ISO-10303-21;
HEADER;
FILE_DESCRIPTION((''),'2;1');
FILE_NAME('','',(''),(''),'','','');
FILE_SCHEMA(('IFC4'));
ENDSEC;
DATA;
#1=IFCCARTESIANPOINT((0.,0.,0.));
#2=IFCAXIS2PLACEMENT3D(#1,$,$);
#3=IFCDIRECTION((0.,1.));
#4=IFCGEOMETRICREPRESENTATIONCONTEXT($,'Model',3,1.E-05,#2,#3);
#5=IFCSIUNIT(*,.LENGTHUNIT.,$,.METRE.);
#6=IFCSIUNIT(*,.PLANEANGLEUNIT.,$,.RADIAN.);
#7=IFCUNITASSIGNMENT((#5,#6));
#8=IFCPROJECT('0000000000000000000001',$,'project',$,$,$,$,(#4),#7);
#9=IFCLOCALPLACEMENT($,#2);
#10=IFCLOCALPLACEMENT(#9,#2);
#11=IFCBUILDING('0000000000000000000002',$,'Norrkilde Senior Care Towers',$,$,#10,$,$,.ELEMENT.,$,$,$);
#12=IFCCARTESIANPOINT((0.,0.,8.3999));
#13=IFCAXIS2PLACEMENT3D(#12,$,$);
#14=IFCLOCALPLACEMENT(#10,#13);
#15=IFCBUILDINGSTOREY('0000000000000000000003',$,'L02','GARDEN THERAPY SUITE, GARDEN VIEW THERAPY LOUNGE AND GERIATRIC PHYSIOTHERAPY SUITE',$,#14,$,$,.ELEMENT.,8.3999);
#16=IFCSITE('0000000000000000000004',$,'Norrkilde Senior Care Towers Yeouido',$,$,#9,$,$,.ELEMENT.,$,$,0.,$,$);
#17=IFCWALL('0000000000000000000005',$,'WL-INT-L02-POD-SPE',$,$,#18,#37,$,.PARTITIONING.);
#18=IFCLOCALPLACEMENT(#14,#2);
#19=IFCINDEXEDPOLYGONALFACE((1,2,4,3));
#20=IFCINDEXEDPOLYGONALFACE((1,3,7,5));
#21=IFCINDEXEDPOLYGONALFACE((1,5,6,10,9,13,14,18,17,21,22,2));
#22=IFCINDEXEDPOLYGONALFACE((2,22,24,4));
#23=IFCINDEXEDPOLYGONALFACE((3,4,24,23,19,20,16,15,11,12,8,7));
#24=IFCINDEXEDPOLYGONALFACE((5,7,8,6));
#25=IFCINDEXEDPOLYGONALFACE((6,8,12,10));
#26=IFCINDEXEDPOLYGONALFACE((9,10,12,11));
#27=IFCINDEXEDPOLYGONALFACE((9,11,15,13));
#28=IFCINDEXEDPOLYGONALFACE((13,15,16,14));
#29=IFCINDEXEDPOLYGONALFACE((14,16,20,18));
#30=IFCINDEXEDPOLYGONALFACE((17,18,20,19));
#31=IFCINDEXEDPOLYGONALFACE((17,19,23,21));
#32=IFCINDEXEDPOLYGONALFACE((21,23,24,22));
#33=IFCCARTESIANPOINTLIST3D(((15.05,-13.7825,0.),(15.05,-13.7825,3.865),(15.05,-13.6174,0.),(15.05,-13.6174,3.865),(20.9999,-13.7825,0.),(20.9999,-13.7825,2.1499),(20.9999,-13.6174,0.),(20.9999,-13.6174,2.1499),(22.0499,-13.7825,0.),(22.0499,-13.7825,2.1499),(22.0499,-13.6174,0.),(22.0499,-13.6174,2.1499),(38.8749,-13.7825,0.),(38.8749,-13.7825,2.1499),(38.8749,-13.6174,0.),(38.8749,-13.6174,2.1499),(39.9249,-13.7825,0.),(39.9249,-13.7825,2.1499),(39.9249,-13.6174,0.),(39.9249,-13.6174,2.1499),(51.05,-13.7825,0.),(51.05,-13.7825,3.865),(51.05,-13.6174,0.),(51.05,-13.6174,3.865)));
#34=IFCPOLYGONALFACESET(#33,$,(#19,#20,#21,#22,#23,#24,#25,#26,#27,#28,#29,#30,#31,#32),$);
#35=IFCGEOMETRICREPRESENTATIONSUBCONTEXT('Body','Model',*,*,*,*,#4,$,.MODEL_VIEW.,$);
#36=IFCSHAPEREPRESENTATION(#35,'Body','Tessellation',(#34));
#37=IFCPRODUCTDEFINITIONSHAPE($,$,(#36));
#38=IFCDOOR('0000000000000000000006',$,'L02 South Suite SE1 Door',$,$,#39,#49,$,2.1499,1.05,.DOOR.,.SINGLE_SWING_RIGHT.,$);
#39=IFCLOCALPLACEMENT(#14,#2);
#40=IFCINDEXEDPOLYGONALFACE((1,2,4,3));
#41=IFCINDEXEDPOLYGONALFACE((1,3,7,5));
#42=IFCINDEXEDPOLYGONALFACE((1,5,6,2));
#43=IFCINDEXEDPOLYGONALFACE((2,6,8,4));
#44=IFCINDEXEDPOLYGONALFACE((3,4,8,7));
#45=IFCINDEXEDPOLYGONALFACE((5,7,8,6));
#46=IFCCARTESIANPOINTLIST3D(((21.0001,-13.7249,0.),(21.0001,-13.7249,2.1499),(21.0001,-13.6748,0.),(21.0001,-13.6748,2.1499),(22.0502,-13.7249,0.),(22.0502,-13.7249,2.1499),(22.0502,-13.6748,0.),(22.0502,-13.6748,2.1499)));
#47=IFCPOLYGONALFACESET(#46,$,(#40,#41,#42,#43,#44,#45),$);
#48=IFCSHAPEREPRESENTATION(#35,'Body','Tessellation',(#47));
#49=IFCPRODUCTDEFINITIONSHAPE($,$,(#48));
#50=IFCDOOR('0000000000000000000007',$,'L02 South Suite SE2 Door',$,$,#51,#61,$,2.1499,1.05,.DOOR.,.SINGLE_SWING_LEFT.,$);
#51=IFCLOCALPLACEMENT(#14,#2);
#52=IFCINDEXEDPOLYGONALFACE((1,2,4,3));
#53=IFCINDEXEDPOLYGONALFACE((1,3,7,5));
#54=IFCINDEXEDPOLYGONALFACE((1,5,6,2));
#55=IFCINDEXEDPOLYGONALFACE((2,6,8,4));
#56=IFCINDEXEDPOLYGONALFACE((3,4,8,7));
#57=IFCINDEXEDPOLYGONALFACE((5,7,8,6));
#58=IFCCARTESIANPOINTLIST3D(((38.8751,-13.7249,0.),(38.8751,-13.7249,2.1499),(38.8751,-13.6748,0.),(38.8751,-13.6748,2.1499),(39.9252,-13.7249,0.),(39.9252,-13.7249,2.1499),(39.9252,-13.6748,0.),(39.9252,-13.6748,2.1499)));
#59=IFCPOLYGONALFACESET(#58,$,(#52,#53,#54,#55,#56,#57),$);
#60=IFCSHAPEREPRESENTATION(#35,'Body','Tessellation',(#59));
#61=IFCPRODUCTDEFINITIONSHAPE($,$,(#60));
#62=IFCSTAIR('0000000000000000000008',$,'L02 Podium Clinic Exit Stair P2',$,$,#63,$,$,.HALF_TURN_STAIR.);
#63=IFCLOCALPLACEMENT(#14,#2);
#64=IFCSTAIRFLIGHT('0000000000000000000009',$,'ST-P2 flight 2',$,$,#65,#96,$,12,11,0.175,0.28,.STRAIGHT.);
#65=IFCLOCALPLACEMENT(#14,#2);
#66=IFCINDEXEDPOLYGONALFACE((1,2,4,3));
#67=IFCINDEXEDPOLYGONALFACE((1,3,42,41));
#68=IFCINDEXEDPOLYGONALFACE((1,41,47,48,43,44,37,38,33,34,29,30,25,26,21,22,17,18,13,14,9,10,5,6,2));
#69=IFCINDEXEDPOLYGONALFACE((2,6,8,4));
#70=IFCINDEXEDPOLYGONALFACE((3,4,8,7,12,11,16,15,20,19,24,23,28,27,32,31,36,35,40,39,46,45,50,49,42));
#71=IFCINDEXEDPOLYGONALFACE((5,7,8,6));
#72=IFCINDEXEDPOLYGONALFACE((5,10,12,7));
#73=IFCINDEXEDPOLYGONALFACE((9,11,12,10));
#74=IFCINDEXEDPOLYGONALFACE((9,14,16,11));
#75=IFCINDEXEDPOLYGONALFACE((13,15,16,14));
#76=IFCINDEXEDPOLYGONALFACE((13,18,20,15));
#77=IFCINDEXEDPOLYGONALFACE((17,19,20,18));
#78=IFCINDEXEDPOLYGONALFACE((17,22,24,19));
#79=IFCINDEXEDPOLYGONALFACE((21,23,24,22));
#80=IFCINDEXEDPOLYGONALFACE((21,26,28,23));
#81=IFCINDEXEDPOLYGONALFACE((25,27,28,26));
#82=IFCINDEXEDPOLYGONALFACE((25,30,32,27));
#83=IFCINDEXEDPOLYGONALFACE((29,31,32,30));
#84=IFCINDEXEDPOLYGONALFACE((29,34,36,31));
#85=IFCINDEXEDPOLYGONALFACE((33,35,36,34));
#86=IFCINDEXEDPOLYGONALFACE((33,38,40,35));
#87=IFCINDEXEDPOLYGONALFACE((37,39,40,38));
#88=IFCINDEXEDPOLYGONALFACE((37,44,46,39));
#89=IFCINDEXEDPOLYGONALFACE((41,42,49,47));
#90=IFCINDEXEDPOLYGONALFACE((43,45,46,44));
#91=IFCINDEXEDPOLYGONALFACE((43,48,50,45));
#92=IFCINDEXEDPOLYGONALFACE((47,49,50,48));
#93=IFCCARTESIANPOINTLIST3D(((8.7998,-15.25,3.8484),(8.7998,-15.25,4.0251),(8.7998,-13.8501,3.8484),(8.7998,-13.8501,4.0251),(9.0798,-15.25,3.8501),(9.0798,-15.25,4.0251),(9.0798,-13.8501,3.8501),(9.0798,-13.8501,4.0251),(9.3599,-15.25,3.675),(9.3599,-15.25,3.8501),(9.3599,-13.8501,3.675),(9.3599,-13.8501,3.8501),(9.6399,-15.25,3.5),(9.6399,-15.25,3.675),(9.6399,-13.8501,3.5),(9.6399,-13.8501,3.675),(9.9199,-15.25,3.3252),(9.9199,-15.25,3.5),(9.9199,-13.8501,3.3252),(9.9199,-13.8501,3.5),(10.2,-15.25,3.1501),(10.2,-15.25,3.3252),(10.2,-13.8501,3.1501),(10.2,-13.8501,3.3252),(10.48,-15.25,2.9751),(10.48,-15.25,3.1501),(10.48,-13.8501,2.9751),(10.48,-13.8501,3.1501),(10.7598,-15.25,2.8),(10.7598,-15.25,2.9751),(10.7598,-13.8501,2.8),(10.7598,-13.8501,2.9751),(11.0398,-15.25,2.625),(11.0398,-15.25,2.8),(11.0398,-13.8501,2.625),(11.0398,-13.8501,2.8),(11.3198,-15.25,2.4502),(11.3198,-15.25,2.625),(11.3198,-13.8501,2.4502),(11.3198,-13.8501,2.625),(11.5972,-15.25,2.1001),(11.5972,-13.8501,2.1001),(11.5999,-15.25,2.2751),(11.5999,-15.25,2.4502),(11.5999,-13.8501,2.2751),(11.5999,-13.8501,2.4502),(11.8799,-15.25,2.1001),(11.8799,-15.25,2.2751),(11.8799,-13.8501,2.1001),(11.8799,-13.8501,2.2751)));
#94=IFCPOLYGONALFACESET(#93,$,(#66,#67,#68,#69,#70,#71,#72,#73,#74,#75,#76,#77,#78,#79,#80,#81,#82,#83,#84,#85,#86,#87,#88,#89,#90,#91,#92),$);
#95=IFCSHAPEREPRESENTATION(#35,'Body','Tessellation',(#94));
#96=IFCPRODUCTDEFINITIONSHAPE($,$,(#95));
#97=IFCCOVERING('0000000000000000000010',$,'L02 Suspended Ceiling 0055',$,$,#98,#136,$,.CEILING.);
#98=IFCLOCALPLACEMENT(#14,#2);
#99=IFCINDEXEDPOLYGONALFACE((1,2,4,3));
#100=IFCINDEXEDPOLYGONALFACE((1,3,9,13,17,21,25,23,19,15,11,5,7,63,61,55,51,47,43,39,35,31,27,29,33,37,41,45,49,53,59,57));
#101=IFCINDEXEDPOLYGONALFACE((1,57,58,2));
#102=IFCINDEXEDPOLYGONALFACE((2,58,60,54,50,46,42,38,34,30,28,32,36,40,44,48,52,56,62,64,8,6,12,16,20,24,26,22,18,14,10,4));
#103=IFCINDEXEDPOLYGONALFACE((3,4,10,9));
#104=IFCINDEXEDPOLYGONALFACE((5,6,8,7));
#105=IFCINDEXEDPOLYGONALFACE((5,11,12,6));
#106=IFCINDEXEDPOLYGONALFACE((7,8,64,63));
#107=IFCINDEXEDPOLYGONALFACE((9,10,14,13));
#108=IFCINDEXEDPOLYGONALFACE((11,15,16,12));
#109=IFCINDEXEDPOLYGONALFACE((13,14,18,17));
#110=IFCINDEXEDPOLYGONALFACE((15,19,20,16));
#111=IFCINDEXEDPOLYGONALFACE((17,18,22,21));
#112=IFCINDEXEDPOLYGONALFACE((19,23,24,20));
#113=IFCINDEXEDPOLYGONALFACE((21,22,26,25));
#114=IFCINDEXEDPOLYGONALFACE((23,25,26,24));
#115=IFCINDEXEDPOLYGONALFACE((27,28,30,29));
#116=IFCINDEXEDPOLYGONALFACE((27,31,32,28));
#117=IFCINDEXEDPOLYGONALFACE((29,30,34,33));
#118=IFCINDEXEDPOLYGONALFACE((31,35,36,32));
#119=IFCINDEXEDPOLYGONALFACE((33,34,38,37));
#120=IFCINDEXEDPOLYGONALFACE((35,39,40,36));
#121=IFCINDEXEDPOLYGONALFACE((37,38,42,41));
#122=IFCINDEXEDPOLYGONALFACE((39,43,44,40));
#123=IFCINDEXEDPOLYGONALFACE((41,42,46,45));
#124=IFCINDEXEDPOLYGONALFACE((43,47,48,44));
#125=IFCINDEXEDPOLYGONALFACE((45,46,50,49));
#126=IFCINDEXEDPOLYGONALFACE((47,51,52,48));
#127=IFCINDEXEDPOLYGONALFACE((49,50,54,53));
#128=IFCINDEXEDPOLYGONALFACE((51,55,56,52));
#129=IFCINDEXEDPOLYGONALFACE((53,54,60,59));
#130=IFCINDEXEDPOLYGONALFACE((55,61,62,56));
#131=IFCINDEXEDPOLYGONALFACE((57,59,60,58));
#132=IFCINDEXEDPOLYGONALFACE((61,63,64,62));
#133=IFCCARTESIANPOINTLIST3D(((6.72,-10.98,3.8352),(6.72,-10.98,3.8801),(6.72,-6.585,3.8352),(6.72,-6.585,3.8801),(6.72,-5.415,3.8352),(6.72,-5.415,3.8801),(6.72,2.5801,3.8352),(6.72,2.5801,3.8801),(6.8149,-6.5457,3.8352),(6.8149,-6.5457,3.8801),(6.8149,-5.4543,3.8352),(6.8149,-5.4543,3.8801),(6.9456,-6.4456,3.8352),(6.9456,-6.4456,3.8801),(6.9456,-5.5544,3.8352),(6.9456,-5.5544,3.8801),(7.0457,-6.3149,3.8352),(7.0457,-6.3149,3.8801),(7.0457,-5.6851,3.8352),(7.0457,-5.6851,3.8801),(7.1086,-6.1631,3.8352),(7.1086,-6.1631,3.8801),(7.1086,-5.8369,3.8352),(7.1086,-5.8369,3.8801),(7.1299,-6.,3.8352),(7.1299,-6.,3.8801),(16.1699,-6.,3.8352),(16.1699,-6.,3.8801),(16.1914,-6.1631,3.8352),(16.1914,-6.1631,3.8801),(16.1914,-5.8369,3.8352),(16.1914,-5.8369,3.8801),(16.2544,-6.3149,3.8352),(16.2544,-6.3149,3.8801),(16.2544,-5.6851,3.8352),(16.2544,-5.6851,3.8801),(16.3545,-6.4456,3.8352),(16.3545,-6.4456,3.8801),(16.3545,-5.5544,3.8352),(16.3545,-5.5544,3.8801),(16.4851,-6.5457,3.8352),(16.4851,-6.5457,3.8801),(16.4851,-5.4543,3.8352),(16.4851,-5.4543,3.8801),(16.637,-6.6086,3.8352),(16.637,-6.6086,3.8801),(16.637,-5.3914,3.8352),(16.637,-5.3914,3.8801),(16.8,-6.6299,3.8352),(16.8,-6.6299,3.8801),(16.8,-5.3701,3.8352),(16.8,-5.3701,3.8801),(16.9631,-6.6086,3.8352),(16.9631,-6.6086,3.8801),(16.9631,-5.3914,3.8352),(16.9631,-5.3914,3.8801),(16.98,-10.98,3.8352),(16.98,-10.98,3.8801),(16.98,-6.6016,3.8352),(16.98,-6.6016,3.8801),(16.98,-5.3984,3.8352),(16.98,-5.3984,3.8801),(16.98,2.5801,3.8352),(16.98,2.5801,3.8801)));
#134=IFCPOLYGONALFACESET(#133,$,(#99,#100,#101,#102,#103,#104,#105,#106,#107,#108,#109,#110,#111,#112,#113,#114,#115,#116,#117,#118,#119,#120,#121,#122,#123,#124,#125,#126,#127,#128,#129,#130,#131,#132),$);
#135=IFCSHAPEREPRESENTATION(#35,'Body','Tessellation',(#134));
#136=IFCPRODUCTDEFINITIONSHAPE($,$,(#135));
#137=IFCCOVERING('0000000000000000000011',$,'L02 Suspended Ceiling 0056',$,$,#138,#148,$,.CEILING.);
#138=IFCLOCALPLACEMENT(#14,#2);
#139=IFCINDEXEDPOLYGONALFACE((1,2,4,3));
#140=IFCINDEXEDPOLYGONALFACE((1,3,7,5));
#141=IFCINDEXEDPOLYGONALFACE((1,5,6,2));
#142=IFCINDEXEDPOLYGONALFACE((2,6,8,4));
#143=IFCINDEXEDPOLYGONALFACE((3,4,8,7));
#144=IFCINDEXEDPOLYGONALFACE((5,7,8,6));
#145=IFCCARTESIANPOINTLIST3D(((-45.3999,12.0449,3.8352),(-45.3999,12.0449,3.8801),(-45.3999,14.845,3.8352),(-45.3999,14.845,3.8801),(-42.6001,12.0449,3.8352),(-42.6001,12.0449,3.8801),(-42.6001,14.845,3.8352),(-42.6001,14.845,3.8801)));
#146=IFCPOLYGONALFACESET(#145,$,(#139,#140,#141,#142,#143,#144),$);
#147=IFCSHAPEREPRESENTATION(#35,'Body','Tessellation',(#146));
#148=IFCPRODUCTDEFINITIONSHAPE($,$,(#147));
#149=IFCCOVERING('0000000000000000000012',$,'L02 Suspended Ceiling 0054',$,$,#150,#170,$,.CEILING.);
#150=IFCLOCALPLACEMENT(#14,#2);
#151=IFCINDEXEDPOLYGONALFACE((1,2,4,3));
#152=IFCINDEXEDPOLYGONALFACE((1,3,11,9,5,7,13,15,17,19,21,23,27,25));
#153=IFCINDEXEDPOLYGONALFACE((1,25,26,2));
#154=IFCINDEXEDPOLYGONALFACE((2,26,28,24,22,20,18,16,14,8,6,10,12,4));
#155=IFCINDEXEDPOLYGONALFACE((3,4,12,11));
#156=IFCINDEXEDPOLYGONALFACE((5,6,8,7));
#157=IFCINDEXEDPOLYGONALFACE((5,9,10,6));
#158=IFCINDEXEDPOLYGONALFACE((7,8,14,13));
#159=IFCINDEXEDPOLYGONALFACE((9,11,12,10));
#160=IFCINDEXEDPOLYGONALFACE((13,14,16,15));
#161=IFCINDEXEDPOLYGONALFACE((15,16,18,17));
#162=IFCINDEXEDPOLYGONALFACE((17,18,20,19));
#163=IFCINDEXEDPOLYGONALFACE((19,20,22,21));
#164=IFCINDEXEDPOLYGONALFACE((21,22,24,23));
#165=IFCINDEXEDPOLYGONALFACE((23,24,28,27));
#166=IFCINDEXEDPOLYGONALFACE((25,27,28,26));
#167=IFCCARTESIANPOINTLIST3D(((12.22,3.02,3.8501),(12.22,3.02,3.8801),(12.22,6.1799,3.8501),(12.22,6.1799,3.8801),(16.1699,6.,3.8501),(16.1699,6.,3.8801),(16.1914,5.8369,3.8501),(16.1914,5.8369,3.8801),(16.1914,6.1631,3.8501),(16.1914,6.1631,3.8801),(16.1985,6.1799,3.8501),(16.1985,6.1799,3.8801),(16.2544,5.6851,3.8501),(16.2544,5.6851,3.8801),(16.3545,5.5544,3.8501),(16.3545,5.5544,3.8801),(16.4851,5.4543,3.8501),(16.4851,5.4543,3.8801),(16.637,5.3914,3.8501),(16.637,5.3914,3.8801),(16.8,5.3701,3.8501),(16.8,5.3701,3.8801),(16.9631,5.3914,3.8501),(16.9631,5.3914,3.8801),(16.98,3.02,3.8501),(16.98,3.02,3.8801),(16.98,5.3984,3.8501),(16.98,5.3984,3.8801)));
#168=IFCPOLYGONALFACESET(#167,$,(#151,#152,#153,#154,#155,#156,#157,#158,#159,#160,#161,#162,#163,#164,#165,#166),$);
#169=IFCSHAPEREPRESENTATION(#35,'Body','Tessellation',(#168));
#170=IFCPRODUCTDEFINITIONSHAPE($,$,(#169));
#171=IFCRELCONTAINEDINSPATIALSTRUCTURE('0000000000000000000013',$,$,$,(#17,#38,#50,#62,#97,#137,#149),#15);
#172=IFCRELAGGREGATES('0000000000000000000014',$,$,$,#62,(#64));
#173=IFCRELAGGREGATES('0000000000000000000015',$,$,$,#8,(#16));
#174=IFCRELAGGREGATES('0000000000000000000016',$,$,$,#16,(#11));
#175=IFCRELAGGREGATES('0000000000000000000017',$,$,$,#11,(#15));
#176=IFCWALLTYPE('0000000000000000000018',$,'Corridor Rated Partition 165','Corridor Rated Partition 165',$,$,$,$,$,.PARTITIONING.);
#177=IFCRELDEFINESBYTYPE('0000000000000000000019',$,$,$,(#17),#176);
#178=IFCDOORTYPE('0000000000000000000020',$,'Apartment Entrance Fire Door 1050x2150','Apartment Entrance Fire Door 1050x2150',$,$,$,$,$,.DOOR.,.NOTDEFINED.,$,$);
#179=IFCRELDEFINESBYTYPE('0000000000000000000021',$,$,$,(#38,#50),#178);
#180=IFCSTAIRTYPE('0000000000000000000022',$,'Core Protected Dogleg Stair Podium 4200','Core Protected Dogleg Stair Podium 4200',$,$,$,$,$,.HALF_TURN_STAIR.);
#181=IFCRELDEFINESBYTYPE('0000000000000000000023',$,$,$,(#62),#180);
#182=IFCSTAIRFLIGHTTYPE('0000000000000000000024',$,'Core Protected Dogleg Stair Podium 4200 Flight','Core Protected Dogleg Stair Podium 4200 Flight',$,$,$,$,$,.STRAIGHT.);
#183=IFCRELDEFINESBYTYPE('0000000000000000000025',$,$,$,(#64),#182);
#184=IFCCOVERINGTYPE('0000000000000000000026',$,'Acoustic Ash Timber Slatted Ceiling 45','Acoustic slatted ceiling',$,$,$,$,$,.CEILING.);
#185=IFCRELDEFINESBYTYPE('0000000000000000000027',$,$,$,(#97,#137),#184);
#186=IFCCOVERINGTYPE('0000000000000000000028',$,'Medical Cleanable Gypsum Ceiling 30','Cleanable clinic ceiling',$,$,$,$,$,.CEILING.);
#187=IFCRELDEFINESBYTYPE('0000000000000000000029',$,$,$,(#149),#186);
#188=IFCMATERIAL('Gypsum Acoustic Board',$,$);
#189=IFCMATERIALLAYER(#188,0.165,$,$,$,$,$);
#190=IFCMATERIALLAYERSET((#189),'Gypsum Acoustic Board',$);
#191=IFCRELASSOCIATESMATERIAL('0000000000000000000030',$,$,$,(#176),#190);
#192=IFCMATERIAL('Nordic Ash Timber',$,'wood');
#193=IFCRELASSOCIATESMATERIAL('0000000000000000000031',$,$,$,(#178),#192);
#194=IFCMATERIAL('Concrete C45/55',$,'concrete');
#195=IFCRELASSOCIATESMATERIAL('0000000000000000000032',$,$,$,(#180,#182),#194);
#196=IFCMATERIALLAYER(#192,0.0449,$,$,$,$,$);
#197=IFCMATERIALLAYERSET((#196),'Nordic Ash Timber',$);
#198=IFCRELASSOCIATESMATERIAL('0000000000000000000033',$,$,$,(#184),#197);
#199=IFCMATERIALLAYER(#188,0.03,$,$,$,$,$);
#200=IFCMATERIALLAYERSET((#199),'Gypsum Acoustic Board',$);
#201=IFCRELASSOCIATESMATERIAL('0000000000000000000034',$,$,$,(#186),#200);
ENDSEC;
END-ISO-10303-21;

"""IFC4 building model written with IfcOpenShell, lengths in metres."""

from ifc_helpers import new_model, si_unit, direction, frame, frame_2d, origin, place, context, subcontext, project, spatial, polyline, rectangle, outline, extrude, source, transform, mapped, material, layer, layer_set, type_object, type_shapes, element, fill, aggregate, save


model = new_model("IFC4")

# Units and contexts
model_context = context("Model", 3, precision=1e-05, world=origin(), true_north=direction((0.0, 1.0)))
body_context = subcontext(model_context, "Body", "Model", "MODEL_VIEW")
ifc_project = project(units=[si_unit("LENGTHUNIT", "METRE"), si_unit("PLANEANGLEUNIT", "RADIAN")], contexts=[model_context])

# Site, building, storey
site_placement = place(None, origin())
site = spatial("IfcSite", under=ifc_project, at=site_placement, Name="Norrkilde Senior Care Towers Yeouido", CompositionType="ELEMENT", RefElevation=0.0)
building_placement = place(site_placement, origin())
building = spatial("IfcBuilding", under=site, at=building_placement, Name="Norrkilde Senior Care Towers", CompositionType="ELEMENT")
storey_placement = place(building_placement, frame((0.0, 0.0, 8.3999)))
storey = spatial("IfcBuildingStorey", under=building, at=storey_placement, Name="L02", Description="GARDEN THERAPY SUITE, GARDEN VIEW THERAPY LOUNGE AND GERIATRIC PHYSIOTHERAPY SUITE", CompositionType="ELEMENT", Elevation=8.3999)

# Shared definitions
ifc_material_1 = material(Name="Gypsum Acoustic Board")

# Shared definitions
ifc_material_2 = material(Name="Concrete C45/55", Category="concrete")

# Wall, openings, doors
ifc_layer_1 = layer(ifc_material_1, 0.165)
ifc_layer_set_1 = layer_set([ifc_layer_1], Name="Gypsum Acoustic Board")
wall_type_1 = type_object("IfcWallType", Name="Corridor Rated Partition 165", Description="Corridor Rated Partition 165", PredefinedType="PARTITIONING", material=ifc_layer_set_1)
shared_shape_1 = source(origin(), body_context, "Body", "SweptSolid", [
    extrude(rectangle(XDim=36.0, YDim=0.165, at=frame_2d((18.0, 0.0))), origin(), (0.0, 0.0, 1.0), 3.865),
])
type_shapes(wall_type_1, [shared_shape_1])
wall_1_placement = place(storey_placement, frame((15.05, -13.7, 0.0), z_axis=(0.0, 0.0, 1.0), x_axis=(1.0, 0.0, 0.0)))
wall_1 = element("IfcWall", 1, at=wall_1_placement, inside=storey, type_object=wall_type_1, Name="WL-INT-L02-POD-SPE", PredefinedType="PARTITIONING", context=body_context, shape_type="MappedRepresentation", body=[
    mapped(shared_shape_1, transform((0.0, 0.0, 0.0), x_axis=(1.0, 0.0, 0.0), y_axis=(0.0, 1.0, 0.0), z_axis=(0.0, 0.0, 1.0), scale=1.0)),
])
opening_1_placement = place(wall_1_placement, frame((5.95, 0.0, 0.0)))
opening_1 = element("IfcOpeningElement", 2, at=opening_1_placement, cuts=wall_1, PredefinedType="OPENING", context=body_context, shape_type="SweptSolid", body=[
    extrude(rectangle(XDim=1.05, YDim=2.1499, at=frame_2d((0.5249, 1.075))), frame((0.0, 0.0925, 0.0), z_axis=(0.0, -1.0, 0.0), x_axis=(1.0, 0.0, 0.0)), (0.0, 0.0, 1.0), 0.1851),
])
opening_2_placement = place(wall_1_placement, frame((23.825, 0.0, 0.0)))
opening_2 = element("IfcOpeningElement", 3, at=opening_2_placement, cuts=wall_1, PredefinedType="OPENING", context=body_context, shape_type="SweptSolid", body=[
    extrude(rectangle(XDim=1.05, YDim=2.1499, at=frame_2d((0.5249, 1.075))), frame((0.0, 0.0925, 0.0), z_axis=(0.0, -1.0, 0.0), x_axis=(1.0, 0.0, 0.0)), (0.0, 0.0, 1.0), 0.1851),
])
ifc_material_3 = material(Name="Nordic Ash Timber", Category="wood")
door_type_1 = type_object("IfcDoorType", Name="Apartment Entrance Fire Door 1050x2150", Description="Apartment Entrance Fire Door 1050x2150", OperationType="NOTDEFINED", PredefinedType="DOOR", material=ifc_material_3)
shared_shape_2 = source(origin(), body_context, "Body", "SweptSolid", [
    extrude(rectangle(XDim=1.05, YDim=2.1499, at=frame_2d((0.5249, 1.075))), frame((0.0, 0.0249, 0.0), z_axis=(0.0, -1.0, 0.0), x_axis=(1.0, 0.0, 0.0)), (0.0, 0.0, 1.0), 0.05),
])
type_shapes(door_type_1, [shared_shape_2])
door_1_placement = place(opening_1_placement, frame((1.05, 0.0, 0.0), z_axis=(0.0, 0.0, 1.0), x_axis=(-1.0, 0.0, 0.0)))
door_1 = element("IfcDoor", 4, at=door_1_placement, inside=storey, type_object=door_type_1, Name="L02 South Suite SE1 Door", OperationType="SINGLE_SWING_RIGHT", OverallHeight=2.1499, OverallWidth=1.05, PredefinedType="DOOR", context=body_context, shape_type="MappedRepresentation", body=[
    mapped(shared_shape_2, transform((0.0, 0.0, 0.0), x_axis=(1.0, 0.0, 0.0), y_axis=(0.0, 1.0, 0.0), z_axis=(0.0, 0.0, 1.0), scale=1.0)),
])
fill(opening_1, door_1)
door_2_placement = place(opening_2_placement, frame((1.05, 0.0, 0.0), z_axis=(0.0, 0.0, 1.0), x_axis=(-1.0, 0.0, 0.0)))
door_2 = element("IfcDoor", 5, at=door_2_placement, inside=storey, type_object=door_type_1, Name="L02 South Suite SE2 Door", OperationType="SINGLE_SWING_LEFT", OverallHeight=2.1499, OverallWidth=1.05, PredefinedType="DOOR", context=body_context, shape_type="MappedRepresentation", body=[
    mapped(shared_shape_2, transform((0.0, 0.0, 0.0), x_axis=(1.0, 0.0, 0.0), y_axis=(0.0, 1.0, 0.0), z_axis=(0.0, 0.0, 1.0), scale=1.0)),
])
fill(opening_2, door_2)

# Stair, stair flight
stair_type = type_object("IfcStairType", Name="Core Protected Dogleg Stair Podium 4200", Description="Core Protected Dogleg Stair Podium 4200", PredefinedType="HALF_TURN_STAIR", material=ifc_material_2)
stair_placement = place(storey_placement, origin())
stair = element("IfcStair", 6, at=stair_placement, inside=storey, type_object=stair_type, Name="L02 Podium Clinic Exit Stair P2", PredefinedType="HALF_TURN_STAIR")
stair_flight_type = type_object("IfcStairFlightType", Name="Core Protected Dogleg Stair Podium 4200 Flight", Description="Core Protected Dogleg Stair Podium 4200 Flight", PredefinedType="STRAIGHT", material=ifc_material_2)
stair_flight_placement = place(storey_placement, frame((11.8799, -14.55, 2.1001), z_axis=(0.0, 0.0, 1.0), x_axis=(-1.0, 0.0, 0.0)))
stair_flight = element("IfcStairFlight", 7, at=stair_flight_placement, type_object=stair_flight_type, Name="ST-P2 flight 2", NumberOfRisers=12, NumberOfTreads=11, PredefinedType="STRAIGHT", RiserHeight=0.175, TreadLength=0.28, context=body_context, shape_type="SweptSolid", body=[
    extrude(outline(polyline([(0.0, 0.0), (0.0, 0.175), (0.28, 0.175), (0.28, 0.3501), (0.5601, 0.3501), (0.5601, 0.5249), (0.8401, 0.5249), (0.8401, 0.7), (1.1201, 0.7), (1.1201, 0.875), (1.3999, 0.875), (1.3999, 1.05), (1.6799, 1.05), (1.6799, 1.2251), (1.96, 1.2251), (1.96, 1.3999), (2.24, 1.3999), (2.24, 1.575), (2.52, 1.575), (2.52, 1.75), (2.8, 1.75), (2.8, 1.925), (3.0801, 1.925), (3.0801, 2.1001), (3.0801, 1.7483), (0.2827, 0.0), (0.0, 0.0)])), frame((0.0, 0.7, 0.0), z_axis=(0.0, -1.0, 0.0), x_axis=(1.0, 0.0, 0.0)), (0.0, 0.0, 1.0), 1.3999),
])
aggregate(stair, [stair_flight])

# Coverings
ifc_layer_2 = layer(ifc_material_3, 0.0449)
ifc_layer_set_2 = layer_set([ifc_layer_2], Name="Nordic Ash Timber")
covering_type_1 = type_object("IfcCoveringType", Name="Acoustic Ash Timber Slatted Ceiling 45", Description="Acoustic slatted ceiling", PredefinedType="CEILING", material=ifc_layer_set_2)
covering_1_placement = place(storey_placement, frame((0.0, 0.0, 3.8352)))
element("IfcCovering", 8, at=covering_1_placement, inside=storey, type_object=covering_type_1, Name="L02 Suspended Ceiling 0055", PredefinedType="CEILING", context=body_context, shape_type="SweptSolid", body=[
    extrude(outline(polyline([(6.72, -10.98), (6.72, -6.585), (6.8149, -6.5457), (6.9456, -6.4456), (7.0457, -6.3149), (7.1086, -6.1631), (7.1299, -6.0), (7.1086, -5.8369), (7.0457, -5.6851), (6.9456, -5.5544), (6.8149, -5.4543), (6.72, -5.415), (6.72, 2.5801), (16.98, 2.5801), (16.98, -5.3984), (16.9631, -5.3914), (16.8, -5.3701), (16.637, -5.3914), (16.4851, -5.4543), (16.3545, -5.5544), (16.2544, -5.6851), (16.1914, -5.8369), (16.1699, -6.0), (16.1914, -6.1631), (16.2544, -6.3149), (16.3545, -6.4456), (16.4851, -6.5457), (16.637, -6.6086), (16.8, -6.6299), (16.9631, -6.6086), (16.98, -6.6016), (16.98, -10.98), (6.72, -10.98)])), origin(), (0.0, 0.0, 1.0), 0.0449),
])
covering_2_placement = place(storey_placement, frame((0.0, 0.0, 3.8352)))
element("IfcCovering", 9, at=covering_2_placement, inside=storey, type_object=covering_type_1, Name="L02 Suspended Ceiling 0056", PredefinedType="CEILING", context=body_context, shape_type="SweptSolid", body=[
    extrude(outline(polyline([(-45.3999, 12.0449), (-45.3999, 14.845), (-42.6001, 14.845), (-42.6001, 12.0449), (-45.3999, 12.0449)])), origin(), (0.0, 0.0, 1.0), 0.0449),
])
ifc_layer_3 = layer(ifc_material_1, 0.03)
ifc_layer_set_3 = layer_set([ifc_layer_3], Name="Gypsum Acoustic Board")
covering_type_2 = type_object("IfcCoveringType", Name="Medical Cleanable Gypsum Ceiling 30", Description="Cleanable clinic ceiling", PredefinedType="CEILING", material=ifc_layer_set_3)
covering_3_placement = place(storey_placement, frame((0.0, 0.0, 3.8501)))
element("IfcCovering", 10, at=covering_3_placement, inside=storey, type_object=covering_type_2, Name="L02 Suspended Ceiling 0054", PredefinedType="CEILING", context=body_context, shape_type="SweptSolid", body=[
    extrude(outline(polyline([(16.98, 3.02), (12.22, 3.02), (12.22, 6.1799), (16.1985, 6.1799), (16.1914, 6.1631), (16.1699, 6.0), (16.1914, 5.8369), (16.2544, 5.6851), (16.3545, 5.5544), (16.4851, 5.4543), (16.637, 5.3914), (16.8, 5.3701), (16.9631, 5.3914), (16.98, 5.3984), (16.98, 3.02)])), origin(), (0.0, 0.0, 1.0), 0.03),
])

save(model, "model.ifc")
